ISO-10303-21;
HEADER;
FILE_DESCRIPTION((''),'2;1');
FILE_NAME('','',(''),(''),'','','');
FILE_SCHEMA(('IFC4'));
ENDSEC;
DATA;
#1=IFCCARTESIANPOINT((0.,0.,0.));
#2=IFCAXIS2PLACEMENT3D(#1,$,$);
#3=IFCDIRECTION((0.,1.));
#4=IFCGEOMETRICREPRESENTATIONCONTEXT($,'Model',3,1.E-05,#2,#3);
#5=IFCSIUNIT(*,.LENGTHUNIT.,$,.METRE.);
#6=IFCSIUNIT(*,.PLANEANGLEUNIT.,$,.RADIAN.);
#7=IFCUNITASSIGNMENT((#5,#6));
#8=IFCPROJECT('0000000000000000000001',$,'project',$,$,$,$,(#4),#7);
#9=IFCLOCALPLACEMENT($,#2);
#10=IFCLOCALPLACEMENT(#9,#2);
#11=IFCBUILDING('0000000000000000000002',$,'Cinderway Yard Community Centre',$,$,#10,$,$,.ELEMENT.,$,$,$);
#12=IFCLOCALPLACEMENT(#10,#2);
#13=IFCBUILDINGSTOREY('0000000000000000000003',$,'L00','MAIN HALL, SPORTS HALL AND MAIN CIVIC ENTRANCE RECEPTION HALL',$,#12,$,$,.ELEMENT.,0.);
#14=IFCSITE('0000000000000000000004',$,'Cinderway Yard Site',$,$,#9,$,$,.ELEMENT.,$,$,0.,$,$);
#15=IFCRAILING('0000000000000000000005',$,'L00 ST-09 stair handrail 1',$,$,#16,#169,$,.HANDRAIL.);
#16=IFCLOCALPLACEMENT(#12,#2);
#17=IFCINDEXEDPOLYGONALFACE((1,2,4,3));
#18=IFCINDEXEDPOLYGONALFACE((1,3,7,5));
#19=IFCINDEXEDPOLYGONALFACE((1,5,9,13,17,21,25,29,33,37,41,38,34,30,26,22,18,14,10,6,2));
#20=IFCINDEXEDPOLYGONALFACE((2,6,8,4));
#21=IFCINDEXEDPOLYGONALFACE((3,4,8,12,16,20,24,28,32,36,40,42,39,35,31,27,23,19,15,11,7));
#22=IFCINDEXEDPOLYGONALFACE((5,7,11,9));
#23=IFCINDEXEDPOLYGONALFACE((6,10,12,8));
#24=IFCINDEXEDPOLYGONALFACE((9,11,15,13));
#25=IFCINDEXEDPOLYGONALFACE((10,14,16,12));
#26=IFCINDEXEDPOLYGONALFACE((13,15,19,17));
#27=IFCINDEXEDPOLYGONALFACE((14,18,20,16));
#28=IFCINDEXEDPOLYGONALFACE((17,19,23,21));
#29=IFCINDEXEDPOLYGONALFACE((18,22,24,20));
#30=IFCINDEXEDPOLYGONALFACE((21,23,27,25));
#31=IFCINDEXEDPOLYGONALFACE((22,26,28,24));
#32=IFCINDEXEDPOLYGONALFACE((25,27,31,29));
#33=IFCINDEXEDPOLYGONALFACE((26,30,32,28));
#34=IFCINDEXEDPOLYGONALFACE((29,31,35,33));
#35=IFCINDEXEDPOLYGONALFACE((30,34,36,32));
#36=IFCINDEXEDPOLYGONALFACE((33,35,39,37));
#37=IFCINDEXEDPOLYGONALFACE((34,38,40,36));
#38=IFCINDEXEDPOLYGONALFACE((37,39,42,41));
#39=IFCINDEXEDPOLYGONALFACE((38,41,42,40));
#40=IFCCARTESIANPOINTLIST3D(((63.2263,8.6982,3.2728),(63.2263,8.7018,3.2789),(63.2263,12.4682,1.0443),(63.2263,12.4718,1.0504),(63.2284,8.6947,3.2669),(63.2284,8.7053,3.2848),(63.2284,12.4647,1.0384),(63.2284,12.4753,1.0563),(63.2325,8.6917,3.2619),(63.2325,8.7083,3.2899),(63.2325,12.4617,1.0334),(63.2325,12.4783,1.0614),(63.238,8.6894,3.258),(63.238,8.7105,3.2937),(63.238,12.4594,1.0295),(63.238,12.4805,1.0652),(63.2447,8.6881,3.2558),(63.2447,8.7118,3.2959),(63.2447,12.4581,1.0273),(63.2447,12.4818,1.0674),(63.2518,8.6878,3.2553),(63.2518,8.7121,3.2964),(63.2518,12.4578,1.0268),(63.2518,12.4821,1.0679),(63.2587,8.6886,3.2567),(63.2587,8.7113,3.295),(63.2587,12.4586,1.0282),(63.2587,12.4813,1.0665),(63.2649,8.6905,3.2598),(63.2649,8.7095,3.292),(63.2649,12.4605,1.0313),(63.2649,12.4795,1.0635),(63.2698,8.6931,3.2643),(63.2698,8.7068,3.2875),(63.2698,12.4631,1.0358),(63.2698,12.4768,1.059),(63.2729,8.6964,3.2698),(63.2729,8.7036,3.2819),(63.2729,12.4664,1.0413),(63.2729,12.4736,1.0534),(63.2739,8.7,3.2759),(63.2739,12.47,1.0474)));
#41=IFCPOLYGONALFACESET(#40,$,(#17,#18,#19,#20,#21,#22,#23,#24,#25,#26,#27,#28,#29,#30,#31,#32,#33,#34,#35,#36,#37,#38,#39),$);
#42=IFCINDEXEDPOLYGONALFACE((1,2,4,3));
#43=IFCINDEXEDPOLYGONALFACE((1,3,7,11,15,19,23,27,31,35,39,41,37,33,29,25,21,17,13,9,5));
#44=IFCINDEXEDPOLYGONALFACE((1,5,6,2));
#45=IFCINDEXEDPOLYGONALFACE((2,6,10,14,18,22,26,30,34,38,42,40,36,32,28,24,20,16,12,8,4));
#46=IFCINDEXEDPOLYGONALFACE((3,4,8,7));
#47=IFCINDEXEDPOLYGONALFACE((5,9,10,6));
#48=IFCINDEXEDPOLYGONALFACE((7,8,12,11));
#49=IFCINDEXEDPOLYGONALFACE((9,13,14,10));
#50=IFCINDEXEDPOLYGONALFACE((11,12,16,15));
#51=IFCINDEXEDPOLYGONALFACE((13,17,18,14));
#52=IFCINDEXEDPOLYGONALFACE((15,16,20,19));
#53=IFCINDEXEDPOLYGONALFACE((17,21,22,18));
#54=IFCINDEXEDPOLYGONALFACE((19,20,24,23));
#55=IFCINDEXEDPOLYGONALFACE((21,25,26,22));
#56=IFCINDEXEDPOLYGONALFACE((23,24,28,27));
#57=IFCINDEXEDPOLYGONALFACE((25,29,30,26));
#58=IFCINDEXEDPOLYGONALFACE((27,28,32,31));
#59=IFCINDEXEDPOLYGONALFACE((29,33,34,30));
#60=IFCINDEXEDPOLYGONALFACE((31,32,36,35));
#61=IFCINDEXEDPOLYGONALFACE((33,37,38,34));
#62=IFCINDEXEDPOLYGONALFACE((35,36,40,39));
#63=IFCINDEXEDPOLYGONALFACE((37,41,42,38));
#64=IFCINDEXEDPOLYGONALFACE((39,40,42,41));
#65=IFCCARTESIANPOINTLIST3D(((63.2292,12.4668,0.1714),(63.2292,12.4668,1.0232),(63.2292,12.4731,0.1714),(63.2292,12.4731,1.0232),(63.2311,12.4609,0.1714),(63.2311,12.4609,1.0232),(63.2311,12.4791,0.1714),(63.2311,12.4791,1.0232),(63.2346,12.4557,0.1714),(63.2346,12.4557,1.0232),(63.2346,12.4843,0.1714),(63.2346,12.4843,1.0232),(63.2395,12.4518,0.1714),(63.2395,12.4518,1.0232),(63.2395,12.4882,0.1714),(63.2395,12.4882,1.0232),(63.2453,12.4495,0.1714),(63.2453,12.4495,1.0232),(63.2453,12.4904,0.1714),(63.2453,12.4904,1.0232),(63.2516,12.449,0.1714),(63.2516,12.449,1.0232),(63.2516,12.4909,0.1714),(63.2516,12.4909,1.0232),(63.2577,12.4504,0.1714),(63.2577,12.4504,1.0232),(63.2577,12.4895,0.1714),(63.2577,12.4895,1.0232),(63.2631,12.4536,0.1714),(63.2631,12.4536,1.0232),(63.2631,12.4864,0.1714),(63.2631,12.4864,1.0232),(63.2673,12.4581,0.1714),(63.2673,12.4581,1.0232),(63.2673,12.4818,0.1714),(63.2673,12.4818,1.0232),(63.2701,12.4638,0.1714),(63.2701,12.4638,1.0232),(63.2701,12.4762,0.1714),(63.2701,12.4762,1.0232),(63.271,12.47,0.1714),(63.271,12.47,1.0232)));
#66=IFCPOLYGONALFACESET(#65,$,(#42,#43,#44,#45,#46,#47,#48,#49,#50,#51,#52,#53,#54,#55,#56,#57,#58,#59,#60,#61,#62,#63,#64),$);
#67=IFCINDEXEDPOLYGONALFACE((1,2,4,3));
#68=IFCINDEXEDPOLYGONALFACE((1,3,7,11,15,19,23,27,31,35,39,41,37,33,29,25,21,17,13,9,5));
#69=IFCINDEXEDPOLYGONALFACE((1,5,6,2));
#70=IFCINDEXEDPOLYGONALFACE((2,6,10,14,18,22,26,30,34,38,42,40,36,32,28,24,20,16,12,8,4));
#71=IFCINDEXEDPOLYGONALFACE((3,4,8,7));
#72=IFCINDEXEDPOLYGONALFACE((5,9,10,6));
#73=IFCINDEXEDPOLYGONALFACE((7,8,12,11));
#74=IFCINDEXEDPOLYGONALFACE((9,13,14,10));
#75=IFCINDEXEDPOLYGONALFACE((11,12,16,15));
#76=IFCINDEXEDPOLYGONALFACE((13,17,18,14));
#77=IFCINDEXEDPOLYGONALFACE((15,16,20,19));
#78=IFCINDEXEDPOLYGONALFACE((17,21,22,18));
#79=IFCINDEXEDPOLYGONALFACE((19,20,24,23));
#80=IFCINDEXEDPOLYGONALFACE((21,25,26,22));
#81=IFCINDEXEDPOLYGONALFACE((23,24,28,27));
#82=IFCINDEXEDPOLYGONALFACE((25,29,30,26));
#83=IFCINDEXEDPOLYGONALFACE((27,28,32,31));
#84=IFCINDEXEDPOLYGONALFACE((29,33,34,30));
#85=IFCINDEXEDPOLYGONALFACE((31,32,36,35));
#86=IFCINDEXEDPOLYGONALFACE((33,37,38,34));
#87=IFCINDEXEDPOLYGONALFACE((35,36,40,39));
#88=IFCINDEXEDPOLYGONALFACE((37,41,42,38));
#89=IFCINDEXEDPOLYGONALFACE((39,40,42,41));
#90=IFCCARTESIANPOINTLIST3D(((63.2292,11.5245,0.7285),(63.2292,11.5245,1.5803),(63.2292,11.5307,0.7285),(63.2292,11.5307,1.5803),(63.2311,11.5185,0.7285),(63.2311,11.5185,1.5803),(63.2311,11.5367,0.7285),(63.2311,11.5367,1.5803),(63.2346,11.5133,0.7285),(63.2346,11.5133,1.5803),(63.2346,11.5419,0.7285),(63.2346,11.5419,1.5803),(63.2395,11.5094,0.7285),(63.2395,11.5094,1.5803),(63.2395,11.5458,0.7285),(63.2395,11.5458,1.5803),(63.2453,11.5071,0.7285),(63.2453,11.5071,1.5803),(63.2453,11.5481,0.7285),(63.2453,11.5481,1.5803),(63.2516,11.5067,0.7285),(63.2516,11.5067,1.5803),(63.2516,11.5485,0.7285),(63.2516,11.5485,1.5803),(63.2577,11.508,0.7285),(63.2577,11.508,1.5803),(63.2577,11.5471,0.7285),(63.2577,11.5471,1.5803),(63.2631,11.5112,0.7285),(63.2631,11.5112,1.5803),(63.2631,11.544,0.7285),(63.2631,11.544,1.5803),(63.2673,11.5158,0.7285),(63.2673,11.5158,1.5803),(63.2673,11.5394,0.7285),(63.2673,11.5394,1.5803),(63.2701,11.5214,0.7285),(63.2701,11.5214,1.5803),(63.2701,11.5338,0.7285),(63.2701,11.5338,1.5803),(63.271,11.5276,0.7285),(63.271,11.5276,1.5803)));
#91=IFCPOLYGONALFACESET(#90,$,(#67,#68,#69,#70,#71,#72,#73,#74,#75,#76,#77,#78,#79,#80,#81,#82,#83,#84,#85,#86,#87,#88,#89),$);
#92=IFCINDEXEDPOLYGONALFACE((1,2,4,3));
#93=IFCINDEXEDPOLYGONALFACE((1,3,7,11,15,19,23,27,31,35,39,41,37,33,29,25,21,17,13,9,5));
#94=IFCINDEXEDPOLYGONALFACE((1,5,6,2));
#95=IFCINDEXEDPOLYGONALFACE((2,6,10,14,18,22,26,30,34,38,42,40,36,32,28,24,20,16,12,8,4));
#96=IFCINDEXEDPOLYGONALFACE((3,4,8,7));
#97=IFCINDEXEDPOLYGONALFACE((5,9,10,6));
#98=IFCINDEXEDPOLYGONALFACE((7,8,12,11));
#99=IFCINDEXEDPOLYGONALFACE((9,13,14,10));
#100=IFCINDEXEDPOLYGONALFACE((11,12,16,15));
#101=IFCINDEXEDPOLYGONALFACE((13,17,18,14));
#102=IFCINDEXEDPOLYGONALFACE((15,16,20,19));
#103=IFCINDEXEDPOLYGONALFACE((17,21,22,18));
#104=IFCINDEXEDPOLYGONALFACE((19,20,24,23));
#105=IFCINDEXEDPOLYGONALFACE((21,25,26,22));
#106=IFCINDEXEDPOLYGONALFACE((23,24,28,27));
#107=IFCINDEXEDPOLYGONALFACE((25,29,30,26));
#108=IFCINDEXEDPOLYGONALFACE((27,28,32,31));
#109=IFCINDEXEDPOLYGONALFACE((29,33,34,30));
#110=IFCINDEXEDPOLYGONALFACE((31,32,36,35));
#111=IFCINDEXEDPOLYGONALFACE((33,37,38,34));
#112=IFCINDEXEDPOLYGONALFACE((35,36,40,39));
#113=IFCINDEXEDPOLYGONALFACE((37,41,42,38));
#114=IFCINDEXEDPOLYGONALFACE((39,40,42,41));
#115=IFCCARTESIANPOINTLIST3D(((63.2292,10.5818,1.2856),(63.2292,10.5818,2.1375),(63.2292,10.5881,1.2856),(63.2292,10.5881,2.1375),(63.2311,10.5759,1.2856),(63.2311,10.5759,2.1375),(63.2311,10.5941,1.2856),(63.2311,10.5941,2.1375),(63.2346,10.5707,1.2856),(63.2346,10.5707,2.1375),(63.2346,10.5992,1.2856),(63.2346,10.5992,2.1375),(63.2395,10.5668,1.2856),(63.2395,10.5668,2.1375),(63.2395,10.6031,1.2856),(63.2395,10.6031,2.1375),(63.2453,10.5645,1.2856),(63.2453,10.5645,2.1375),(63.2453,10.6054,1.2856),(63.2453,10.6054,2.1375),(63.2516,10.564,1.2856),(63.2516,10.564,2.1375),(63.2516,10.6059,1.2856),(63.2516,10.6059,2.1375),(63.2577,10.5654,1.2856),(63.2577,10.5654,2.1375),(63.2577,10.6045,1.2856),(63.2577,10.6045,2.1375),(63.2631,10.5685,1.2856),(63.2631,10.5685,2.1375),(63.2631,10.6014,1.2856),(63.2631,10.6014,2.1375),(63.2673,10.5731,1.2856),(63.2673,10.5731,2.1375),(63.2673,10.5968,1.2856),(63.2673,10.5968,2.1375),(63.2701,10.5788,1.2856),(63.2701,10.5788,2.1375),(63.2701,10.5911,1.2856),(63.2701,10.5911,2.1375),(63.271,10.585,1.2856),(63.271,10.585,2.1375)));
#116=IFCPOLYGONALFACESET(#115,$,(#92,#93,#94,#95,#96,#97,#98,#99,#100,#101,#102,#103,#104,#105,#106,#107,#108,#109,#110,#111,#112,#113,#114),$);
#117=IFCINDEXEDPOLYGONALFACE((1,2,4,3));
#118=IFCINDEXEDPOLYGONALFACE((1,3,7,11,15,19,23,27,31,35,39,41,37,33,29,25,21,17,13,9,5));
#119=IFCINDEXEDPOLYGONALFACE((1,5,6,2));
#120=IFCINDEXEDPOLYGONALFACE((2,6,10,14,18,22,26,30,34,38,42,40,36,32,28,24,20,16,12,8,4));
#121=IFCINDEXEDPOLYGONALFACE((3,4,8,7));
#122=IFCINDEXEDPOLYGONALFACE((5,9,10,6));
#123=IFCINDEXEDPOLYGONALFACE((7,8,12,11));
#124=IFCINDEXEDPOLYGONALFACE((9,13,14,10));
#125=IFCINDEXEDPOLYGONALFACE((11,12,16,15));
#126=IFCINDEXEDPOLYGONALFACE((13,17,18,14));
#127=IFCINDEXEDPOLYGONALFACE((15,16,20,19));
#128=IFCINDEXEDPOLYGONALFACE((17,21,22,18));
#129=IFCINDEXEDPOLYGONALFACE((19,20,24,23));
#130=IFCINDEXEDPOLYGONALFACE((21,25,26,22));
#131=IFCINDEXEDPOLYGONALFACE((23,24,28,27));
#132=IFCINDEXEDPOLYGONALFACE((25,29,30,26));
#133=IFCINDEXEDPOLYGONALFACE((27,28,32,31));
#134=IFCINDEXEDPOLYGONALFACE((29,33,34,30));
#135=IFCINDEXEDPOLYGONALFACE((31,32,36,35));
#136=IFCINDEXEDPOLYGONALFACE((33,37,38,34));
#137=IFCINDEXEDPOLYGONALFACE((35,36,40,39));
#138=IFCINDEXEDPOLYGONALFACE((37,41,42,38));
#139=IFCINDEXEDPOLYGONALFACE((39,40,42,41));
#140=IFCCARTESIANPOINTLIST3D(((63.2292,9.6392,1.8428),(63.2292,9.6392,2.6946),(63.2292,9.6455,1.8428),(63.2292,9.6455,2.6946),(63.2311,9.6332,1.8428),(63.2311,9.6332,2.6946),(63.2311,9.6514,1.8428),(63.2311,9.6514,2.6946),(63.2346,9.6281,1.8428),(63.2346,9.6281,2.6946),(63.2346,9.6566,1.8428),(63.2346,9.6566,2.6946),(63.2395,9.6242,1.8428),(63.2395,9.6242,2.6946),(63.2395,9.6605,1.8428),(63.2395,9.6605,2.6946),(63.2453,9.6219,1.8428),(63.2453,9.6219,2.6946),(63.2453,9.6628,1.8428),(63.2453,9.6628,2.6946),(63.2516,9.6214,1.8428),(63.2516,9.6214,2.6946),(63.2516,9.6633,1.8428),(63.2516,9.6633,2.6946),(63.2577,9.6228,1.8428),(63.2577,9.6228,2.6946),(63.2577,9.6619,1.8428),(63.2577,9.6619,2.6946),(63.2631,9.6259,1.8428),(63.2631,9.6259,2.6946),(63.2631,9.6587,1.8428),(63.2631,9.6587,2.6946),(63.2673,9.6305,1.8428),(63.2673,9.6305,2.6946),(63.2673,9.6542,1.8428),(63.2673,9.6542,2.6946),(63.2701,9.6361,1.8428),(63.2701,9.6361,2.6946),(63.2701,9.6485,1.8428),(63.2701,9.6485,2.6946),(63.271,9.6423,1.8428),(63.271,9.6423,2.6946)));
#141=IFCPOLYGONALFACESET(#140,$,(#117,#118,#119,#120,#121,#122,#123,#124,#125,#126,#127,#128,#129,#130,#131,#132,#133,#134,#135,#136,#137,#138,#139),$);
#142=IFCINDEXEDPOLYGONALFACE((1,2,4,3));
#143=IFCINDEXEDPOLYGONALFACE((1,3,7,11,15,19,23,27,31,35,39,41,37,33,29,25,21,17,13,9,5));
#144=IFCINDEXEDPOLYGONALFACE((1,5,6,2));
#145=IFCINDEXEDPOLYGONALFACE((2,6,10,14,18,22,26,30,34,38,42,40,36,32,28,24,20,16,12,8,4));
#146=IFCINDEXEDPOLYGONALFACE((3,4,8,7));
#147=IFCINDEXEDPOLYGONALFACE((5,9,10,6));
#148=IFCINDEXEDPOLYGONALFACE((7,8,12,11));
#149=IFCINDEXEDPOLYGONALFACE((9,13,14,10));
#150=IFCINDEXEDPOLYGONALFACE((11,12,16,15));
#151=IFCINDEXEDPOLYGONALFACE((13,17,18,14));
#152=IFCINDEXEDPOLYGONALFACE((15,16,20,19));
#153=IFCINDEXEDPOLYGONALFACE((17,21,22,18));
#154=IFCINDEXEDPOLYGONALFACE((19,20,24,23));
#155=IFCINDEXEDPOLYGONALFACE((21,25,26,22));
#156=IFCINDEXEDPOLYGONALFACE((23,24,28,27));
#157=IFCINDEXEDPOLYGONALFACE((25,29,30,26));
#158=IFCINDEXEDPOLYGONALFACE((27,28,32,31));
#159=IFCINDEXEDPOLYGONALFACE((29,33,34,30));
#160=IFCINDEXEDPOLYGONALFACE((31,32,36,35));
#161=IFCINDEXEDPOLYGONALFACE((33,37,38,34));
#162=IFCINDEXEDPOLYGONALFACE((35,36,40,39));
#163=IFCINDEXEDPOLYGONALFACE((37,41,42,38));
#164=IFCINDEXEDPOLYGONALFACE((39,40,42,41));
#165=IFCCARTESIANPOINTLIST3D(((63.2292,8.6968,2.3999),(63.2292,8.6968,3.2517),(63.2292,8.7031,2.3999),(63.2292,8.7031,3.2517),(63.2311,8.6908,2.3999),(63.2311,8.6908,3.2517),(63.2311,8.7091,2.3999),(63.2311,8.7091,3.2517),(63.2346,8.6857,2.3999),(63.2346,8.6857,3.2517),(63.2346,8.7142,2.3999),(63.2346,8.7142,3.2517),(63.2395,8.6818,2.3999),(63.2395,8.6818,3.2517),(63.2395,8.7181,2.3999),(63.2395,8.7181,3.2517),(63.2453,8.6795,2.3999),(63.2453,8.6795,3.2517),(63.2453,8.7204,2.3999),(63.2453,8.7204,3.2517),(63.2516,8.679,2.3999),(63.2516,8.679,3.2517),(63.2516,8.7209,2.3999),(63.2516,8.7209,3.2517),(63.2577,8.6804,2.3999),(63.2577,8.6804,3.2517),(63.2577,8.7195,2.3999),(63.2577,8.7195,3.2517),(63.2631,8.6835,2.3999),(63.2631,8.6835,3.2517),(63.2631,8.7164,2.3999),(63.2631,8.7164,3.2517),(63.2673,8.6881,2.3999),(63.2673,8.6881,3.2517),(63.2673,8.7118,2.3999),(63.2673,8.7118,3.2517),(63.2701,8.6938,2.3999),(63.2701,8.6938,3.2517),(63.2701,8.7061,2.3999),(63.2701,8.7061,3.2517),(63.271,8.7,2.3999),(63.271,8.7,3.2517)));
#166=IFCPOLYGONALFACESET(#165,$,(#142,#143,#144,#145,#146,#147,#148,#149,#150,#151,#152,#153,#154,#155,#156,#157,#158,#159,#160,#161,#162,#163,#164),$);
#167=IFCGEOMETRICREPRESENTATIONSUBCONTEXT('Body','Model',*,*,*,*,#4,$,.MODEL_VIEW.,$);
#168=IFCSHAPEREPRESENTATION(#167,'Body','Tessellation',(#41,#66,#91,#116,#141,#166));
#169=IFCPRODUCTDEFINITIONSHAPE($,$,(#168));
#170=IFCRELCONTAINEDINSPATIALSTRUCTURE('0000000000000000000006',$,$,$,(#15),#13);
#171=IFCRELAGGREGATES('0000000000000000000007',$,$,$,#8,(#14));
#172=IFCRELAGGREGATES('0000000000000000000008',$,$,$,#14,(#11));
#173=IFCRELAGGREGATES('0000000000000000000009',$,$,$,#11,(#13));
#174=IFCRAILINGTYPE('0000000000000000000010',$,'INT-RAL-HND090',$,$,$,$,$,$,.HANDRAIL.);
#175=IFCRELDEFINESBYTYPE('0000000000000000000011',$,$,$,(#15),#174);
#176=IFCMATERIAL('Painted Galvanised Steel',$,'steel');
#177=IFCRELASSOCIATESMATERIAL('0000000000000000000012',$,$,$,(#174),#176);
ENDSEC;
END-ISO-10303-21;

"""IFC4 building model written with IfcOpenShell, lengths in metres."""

from ifc_helpers import new_model, si_unit, direction, frame, origin, origin_2d, place, context, subcontext, project, spatial, circle, extrude, material, type_object, element, save


model = new_model("IFC4")

# Units and contexts
model_context = context("Model", 3, precision=1e-05, world=origin(), true_north=direction((0.0, 1.0)))
body_context = subcontext(model_context, "Body", "Model", "MODEL_VIEW")
ifc_project = project(units=[si_unit("LENGTHUNIT", "METRE"), si_unit("PLANEANGLEUNIT", "RADIAN")], contexts=[model_context])

# Site, building, storey
site_placement = place(None, origin())
site = spatial("IfcSite", under=ifc_project, at=site_placement, Name="Cinderway Yard Site", CompositionType="ELEMENT", RefElevation=0.0)
building_placement = place(site_placement, origin())
building = spatial("IfcBuilding", under=site, at=building_placement, Name="Cinderway Yard Community Centre", CompositionType="ELEMENT")
storey_placement = place(building_placement, origin())
storey = spatial("IfcBuildingStorey", under=building, at=storey_placement, Name="L00", Description="MAIN HALL, SPORTS HALL AND MAIN CIVIC ENTRANCE RECEPTION HALL", CompositionType="ELEMENT", Elevation=0.0)

# Shared definitions
ifc_material_1 = material(Name="Painted Galvanised Steel", Category="steel")

# Railing
railing_type_1 = type_object("IfcRailingType", Name="INT-RAL-HND090", PredefinedType="HANDRAIL", material=ifc_material_1)
railing_1_placement = place(storey_placement, frame((63.25, 12.47, 0.1714)))
element("IfcRailing", 1, at=railing_1_placement, inside=storey, type_object=railing_type_1, Name="L00 ST-09 stair handrail 1", PredefinedType="HANDRAIL", context=body_context, shape_type="SweptSolid", body=[
    extrude(circle(Radius=0.0239, at=origin_2d()), frame((0.0, 0.0, 0.876), z_axis=(0.0, -0.860849, 0.508861), x_axis=(1.0, 0.0, 0.0)), (0.0, 0.0, 1.0), 4.3794),
    extrude(circle(Radius=0.021, at=origin_2d()), origin(), (0.0, 0.0, 1.0), 0.8518),
    extrude(circle(Radius=0.021, at=origin_2d()), frame((0.0, -0.9424, 0.5571)), (0.0, 0.0, 1.0), 0.8518),
    extrude(circle(Radius=0.021, at=origin_2d()), frame((0.0, -1.885, 1.1143)), (0.0, 0.0, 1.0), 0.8518),
    extrude(circle(Radius=0.021, at=origin_2d()), frame((0.0, -2.8276, 1.6714)), (0.0, 0.0, 1.0), 0.8518),
    extrude(circle(Radius=0.021, at=origin_2d()), frame((0.0, -3.77, 2.2285)), (0.0, 0.0, 1.0), 0.8518),
])

save(model, "model.ifc")
